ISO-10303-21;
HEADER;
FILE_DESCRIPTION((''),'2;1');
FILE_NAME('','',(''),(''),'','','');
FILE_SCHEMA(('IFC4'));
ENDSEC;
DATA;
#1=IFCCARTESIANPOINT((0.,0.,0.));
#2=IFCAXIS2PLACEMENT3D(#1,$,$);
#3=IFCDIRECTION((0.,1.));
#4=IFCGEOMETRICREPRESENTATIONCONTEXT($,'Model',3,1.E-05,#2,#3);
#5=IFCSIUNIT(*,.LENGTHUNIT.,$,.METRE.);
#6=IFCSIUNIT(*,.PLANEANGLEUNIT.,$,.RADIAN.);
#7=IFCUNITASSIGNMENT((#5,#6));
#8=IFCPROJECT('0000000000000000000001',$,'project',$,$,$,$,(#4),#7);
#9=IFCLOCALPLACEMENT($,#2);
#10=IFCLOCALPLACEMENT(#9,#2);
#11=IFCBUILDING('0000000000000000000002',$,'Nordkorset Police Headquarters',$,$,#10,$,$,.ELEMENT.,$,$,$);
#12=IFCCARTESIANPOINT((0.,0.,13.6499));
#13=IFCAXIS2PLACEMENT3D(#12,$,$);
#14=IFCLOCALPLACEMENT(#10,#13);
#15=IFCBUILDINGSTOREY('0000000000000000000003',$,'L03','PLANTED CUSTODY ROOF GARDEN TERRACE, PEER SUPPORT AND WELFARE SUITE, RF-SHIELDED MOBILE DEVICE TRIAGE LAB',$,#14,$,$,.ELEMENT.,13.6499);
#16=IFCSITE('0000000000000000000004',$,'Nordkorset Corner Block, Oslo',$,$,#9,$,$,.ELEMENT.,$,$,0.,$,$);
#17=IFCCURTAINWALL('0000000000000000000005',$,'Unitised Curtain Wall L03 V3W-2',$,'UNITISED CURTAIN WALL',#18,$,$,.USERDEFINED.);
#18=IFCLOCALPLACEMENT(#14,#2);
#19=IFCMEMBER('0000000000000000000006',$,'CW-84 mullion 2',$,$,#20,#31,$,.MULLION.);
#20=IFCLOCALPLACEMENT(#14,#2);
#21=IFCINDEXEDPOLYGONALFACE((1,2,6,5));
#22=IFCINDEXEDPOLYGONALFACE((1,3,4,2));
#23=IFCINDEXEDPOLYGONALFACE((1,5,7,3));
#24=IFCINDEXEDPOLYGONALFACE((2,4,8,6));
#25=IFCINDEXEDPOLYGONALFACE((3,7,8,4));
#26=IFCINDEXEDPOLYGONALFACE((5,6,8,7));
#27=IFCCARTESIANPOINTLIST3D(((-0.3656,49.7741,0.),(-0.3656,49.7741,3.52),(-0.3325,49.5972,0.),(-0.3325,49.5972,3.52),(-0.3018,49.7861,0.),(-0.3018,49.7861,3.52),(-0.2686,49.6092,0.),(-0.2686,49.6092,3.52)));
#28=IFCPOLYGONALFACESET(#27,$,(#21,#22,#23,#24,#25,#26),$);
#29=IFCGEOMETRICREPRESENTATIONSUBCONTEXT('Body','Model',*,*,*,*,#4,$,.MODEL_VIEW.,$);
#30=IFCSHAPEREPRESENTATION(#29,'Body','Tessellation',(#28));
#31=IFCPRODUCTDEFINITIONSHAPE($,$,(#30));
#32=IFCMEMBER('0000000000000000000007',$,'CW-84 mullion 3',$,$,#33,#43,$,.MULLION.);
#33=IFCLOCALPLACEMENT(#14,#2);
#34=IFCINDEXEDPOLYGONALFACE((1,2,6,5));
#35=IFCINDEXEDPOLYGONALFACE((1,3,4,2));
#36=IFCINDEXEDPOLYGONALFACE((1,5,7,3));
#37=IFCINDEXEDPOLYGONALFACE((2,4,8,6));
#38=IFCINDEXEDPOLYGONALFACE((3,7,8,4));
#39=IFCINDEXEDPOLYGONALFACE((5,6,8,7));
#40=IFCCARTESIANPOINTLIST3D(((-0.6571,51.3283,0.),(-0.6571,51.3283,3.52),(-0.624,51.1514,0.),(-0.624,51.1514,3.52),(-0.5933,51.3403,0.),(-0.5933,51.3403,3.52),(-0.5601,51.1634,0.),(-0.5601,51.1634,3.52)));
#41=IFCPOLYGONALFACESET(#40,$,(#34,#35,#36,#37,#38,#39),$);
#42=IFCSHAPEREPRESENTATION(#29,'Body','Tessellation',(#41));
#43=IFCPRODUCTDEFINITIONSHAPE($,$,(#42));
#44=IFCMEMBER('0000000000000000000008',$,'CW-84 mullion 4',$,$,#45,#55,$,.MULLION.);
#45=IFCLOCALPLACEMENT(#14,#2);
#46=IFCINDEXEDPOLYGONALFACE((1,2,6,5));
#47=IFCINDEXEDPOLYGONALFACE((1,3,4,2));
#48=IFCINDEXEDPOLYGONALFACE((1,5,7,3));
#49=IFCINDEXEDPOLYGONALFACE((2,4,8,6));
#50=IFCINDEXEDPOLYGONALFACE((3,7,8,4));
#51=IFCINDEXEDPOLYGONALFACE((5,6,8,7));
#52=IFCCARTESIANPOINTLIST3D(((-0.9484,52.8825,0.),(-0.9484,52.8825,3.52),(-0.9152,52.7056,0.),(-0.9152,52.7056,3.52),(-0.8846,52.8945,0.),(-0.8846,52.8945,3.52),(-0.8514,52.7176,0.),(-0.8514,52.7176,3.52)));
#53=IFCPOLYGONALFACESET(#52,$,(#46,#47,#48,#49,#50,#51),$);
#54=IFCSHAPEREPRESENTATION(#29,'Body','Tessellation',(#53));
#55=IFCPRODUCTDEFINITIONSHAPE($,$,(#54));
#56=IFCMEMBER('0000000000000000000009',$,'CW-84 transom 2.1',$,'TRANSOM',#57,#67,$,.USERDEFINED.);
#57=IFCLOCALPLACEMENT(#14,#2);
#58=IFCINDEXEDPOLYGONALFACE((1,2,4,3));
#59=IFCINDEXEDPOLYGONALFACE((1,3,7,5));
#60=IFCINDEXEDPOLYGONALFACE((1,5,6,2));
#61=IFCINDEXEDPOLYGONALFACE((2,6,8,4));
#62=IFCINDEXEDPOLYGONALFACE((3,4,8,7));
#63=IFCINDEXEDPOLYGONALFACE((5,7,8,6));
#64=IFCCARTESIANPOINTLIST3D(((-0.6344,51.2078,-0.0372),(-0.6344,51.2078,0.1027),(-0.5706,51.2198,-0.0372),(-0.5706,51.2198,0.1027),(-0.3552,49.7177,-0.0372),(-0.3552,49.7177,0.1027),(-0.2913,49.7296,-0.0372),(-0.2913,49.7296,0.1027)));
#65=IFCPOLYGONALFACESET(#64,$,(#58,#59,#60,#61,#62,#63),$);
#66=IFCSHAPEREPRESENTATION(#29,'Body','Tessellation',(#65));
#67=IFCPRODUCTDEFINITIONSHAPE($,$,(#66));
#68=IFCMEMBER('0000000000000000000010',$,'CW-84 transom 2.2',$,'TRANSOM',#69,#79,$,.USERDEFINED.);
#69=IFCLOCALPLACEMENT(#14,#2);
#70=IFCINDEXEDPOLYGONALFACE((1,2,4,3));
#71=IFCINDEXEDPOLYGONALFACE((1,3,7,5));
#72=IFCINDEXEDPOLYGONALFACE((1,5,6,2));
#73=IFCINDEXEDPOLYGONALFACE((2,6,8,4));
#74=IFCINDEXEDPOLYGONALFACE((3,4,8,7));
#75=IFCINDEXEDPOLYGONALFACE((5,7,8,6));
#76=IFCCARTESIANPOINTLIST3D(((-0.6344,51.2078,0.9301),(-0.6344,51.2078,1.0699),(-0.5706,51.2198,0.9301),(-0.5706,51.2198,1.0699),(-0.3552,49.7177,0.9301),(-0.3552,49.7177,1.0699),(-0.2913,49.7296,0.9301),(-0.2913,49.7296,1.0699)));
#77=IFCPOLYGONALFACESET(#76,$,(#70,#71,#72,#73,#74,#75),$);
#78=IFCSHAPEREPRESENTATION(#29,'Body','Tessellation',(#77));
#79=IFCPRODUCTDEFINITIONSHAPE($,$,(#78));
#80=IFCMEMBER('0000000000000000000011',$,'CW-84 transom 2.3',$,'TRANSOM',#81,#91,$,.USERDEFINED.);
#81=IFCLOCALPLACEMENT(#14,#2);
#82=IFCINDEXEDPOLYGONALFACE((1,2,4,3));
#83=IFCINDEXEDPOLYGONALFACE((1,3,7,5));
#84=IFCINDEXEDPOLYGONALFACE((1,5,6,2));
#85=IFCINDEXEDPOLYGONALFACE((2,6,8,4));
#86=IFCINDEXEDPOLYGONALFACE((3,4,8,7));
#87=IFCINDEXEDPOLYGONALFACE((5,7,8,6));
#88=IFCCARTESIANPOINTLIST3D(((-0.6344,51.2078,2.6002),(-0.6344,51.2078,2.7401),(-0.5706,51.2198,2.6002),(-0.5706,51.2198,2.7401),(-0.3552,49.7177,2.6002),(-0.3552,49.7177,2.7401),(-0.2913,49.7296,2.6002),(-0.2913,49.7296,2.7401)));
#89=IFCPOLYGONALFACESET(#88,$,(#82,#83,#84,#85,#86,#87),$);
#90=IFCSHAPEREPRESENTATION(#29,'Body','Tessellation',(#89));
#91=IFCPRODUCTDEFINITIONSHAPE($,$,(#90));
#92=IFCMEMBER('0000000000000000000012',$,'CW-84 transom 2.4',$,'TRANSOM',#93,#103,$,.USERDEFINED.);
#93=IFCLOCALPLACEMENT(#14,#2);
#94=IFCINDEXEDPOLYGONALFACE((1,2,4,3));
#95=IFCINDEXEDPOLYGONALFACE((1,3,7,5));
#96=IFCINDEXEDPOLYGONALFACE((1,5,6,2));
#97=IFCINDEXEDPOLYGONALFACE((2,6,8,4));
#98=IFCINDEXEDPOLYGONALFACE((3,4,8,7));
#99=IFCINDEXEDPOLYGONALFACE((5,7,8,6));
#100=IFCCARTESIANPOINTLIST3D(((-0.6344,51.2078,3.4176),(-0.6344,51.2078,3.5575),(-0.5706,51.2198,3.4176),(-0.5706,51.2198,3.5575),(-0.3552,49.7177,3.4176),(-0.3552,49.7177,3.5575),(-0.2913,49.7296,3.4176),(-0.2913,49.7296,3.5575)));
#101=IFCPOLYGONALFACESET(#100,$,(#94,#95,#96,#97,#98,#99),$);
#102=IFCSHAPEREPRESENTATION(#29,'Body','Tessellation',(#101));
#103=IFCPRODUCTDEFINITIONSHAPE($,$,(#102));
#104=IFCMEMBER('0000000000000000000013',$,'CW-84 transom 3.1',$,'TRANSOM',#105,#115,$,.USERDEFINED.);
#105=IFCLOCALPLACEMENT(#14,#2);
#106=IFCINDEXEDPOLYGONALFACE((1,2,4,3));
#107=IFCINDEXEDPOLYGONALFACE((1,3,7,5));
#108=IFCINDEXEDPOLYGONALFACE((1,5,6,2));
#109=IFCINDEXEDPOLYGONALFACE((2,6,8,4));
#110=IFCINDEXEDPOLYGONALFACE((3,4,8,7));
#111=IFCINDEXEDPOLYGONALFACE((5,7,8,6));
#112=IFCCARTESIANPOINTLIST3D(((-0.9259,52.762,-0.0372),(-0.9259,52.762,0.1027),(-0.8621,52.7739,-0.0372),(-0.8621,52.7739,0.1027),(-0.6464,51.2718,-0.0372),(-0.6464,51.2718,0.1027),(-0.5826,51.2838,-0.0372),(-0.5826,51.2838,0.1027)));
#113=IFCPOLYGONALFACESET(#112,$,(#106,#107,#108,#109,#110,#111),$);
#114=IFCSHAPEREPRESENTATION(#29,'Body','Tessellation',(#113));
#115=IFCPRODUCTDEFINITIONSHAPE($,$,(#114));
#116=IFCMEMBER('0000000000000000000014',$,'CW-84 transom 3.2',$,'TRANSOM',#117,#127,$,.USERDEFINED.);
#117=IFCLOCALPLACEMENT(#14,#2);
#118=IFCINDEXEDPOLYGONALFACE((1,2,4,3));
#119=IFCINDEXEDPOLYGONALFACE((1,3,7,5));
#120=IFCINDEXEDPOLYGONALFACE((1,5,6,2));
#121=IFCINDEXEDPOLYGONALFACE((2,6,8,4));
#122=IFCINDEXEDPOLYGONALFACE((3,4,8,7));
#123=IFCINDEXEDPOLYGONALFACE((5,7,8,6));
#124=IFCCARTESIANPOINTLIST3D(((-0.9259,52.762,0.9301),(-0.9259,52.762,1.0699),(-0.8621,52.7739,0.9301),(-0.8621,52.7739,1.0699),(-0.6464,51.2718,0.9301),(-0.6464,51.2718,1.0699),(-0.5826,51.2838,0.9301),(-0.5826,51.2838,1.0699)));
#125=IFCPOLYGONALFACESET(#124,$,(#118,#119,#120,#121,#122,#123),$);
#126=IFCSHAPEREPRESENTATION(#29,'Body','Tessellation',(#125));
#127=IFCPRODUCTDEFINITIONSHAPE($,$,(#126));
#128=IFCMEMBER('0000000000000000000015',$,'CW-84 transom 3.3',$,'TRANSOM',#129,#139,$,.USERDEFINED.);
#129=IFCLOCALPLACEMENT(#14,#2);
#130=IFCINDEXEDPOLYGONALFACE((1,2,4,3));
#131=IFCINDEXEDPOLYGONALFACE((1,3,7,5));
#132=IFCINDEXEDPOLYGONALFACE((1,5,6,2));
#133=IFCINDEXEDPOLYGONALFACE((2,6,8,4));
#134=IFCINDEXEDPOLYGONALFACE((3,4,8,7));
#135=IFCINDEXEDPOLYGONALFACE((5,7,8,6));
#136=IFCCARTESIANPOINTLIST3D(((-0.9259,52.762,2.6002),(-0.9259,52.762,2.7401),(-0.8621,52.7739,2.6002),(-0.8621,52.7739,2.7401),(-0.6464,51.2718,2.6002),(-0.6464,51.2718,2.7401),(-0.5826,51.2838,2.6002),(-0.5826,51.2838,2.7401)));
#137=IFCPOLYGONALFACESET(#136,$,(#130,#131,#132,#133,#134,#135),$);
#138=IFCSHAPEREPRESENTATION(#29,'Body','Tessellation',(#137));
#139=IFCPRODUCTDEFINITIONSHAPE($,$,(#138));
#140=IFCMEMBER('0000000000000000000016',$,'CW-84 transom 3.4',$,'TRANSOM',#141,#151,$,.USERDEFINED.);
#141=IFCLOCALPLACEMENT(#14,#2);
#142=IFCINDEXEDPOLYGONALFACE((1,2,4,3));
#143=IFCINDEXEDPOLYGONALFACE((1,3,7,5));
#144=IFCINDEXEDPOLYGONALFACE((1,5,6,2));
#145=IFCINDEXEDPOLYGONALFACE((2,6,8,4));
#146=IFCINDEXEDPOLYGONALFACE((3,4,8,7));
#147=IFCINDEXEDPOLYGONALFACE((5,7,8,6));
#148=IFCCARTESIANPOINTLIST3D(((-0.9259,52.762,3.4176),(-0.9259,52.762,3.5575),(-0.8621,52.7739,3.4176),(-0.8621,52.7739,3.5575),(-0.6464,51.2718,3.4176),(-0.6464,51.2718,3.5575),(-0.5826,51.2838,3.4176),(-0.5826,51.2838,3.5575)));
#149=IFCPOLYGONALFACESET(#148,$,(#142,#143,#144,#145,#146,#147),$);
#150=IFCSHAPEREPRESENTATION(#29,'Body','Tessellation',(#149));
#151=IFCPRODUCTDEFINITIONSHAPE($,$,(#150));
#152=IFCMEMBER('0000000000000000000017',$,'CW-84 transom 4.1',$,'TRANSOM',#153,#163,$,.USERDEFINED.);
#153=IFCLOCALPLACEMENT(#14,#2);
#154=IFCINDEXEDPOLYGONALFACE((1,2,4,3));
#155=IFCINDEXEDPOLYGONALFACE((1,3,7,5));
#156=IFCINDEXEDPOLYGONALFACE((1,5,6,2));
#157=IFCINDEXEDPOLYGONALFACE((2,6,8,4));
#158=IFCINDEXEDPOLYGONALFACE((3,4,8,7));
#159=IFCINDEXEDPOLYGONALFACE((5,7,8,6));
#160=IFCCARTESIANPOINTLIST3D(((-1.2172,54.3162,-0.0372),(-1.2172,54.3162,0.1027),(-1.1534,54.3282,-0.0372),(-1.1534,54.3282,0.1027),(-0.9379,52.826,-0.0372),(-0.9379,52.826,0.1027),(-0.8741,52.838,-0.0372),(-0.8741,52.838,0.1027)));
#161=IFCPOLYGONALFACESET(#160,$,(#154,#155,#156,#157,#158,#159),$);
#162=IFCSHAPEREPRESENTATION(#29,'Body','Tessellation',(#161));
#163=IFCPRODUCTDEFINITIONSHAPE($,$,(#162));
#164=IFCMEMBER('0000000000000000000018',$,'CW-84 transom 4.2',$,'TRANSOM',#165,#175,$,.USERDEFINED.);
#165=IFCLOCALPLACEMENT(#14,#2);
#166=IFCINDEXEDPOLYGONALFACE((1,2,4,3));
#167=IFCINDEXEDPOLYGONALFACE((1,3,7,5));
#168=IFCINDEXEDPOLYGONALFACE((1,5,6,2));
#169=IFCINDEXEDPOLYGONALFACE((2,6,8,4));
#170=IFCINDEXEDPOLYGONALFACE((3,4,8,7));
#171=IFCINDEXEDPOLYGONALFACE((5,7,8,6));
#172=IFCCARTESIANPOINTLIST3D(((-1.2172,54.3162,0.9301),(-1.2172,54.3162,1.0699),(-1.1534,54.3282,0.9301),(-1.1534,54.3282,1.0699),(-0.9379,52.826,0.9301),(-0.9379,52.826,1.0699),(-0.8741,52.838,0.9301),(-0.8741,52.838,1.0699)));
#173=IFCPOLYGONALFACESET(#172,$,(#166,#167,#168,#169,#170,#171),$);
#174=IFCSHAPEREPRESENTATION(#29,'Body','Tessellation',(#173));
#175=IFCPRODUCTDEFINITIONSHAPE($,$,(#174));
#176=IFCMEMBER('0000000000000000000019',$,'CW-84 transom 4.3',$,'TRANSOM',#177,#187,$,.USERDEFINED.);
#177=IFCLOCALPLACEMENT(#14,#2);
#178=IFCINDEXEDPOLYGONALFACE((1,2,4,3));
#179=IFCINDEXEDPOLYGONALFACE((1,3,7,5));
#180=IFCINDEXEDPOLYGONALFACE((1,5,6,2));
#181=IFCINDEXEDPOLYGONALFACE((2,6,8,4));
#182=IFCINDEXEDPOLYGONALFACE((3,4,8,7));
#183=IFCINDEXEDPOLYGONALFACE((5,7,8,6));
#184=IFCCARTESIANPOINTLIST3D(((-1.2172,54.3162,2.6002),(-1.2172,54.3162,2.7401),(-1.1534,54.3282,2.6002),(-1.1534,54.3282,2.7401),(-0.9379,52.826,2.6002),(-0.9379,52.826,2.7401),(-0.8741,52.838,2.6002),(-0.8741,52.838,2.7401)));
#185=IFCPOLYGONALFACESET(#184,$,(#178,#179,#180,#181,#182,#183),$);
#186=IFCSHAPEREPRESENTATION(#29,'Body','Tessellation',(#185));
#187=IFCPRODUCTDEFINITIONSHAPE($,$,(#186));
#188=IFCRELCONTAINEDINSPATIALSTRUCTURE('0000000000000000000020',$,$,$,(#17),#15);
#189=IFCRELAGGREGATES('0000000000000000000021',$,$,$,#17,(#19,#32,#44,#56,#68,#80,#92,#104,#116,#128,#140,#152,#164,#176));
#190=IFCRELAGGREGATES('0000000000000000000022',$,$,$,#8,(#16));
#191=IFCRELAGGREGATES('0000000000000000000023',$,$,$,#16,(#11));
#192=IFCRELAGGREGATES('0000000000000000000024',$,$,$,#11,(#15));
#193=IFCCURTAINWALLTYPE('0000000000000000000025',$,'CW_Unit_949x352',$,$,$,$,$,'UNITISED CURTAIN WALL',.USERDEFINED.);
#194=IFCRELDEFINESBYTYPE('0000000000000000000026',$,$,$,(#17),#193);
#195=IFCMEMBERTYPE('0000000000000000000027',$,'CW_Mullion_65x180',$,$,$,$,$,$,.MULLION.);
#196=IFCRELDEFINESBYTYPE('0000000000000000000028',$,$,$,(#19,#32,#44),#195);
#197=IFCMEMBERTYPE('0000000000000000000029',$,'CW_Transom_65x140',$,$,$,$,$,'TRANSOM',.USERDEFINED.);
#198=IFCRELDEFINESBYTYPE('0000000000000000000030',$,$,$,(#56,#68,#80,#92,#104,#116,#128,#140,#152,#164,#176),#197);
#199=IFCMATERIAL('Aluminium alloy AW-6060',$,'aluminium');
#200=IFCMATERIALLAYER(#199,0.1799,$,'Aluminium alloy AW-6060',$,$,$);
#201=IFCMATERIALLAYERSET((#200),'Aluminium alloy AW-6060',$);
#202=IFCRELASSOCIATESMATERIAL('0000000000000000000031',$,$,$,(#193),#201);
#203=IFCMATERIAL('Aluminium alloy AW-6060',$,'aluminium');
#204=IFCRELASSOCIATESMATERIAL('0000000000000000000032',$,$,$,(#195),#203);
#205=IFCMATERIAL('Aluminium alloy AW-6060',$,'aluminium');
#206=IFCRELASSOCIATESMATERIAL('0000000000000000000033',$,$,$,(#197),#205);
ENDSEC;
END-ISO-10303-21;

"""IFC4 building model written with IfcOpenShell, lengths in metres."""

from ifc_helpers import new_model, si_unit, direction, frame, origin, origin_2d, place, context, subcontext, project, spatial, rectangle, extrude, material, layer, layer_set, material_profile, profile_set, type_object, element, aggregate, save


model = new_model("IFC4")

# Units and contexts
model_context = context("Model", 3, precision=1e-05, world=origin(), true_north=direction((0.0, 1.0)))
body_context = subcontext(model_context, "Body", "Model", "MODEL_VIEW")
ifc_project = project(units=[si_unit("LENGTHUNIT", "METRE"), si_unit("PLANEANGLEUNIT", "RADIAN")], contexts=[model_context])

# Site, building, storey
site_placement = place(None, origin())
site = spatial("IfcSite", under=ifc_project, at=site_placement, Name="Nordkorset Corner Block, Oslo", CompositionType="ELEMENT", RefElevation=0.0)
building_placement = place(site_placement, origin())
building = spatial("IfcBuilding", under=site, at=building_placement, Name="Nordkorset Police Headquarters", CompositionType="ELEMENT")
storey_placement = place(building_placement, frame((0.0, 0.0, 13.6499)))
storey = spatial("IfcBuildingStorey", under=building, at=storey_placement, Name="L03", Description="PLANTED CUSTODY ROOF GARDEN TERRACE, PEER SUPPORT AND WELFARE SUITE, RF-SHIELDED MOBILE DEVICE TRIAGE LAB", CompositionType="ELEMENT", Elevation=13.6499)

# Curtain wall, members
ifc_material_1 = material(Name="Aluminium alloy AW-6060", Category="aluminium")
ifc_layer_1 = layer(ifc_material_1, 0.1799, Name="Aluminium alloy AW-6060")
ifc_layer_set_1 = layer_set([ifc_layer_1], Name="Aluminium alloy AW-6060")
curtain_wall_type = type_object("IfcCurtainWallType", Name="CW_Unit_949x352", ElementType="UNITISED CURTAIN WALL", PredefinedType="USERDEFINED", material=ifc_layer_set_1)
curtain_wall_placement = place(storey_placement, origin())
curtain_wall = element("IfcCurtainWall", 1, at=curtain_wall_placement, inside=storey, type_object=curtain_wall_type, Name="Unitised Curtain Wall L03 V3W-2", ObjectType="UNITISED CURTAIN WALL", PredefinedType="USERDEFINED")
ifc_material_2 = material(Name="Aluminium alloy AW-6060", Category="aluminium")
ifc_material_profile_1 = material_profile(ifc_material_2, rectangle(XDim=0.0649, YDim=0.1799, at=origin_2d()), Name="ALU MULL 65x180")
ifc_profile_set_1 = profile_set([ifc_material_profile_1], Name="Aluminium alloy AW-6060")
member_type_1 = type_object("IfcMemberType", Name="CW_Mullion_65x180", PredefinedType="MULLION", material=ifc_profile_set_1)
member_1_placement = place(storey_placement, frame((-0.3171, 49.6917, 0.0), z_axis=(0.0, 0.0, 1.0), x_axis=(-0.982872, -0.184289, 0.0)))
member_1 = element("IfcMember", 2, at=member_1_placement, type_object=member_type_1, Name="CW-84 mullion 2", PredefinedType="MULLION", context=body_context, shape_type="SweptSolid", body=[
    extrude(rectangle(XDim=0.0649, YDim=0.1799, at=origin_2d()), origin(), (0.0, 0.0, 1.0), 3.52),
])
member_2_placement = place(storey_placement, frame((-0.6086, 51.2458, 0.0), z_axis=(0.0, 0.0, 1.0), x_axis=(-0.982872, -0.184289, 0.0)))
member_2 = element("IfcMember", 3, at=member_2_placement, type_object=member_type_1, Name="CW-84 mullion 3", PredefinedType="MULLION", context=body_context, shape_type="SweptSolid", body=[
    extrude(rectangle(XDim=0.0649, YDim=0.1799, at=origin_2d()), origin(), (0.0, 0.0, 1.0), 3.52),
])
member_3_placement = place(storey_placement, frame((-0.8999, 52.8, 0.0), z_axis=(0.0, 0.0, 1.0), x_axis=(-0.982872, -0.184289, 0.0)))
member_3 = element("IfcMember", 4, at=member_3_placement, type_object=member_type_1, Name="CW-84 mullion 4", PredefinedType="MULLION", context=body_context, shape_type="SweptSolid", body=[
    extrude(rectangle(XDim=0.0649, YDim=0.1799, at=origin_2d()), origin(), (0.0, 0.0, 1.0), 3.52),
])
ifc_material_3 = material(Name="Aluminium alloy AW-6060", Category="aluminium")
ifc_material_profile_2 = material_profile(ifc_material_3, rectangle(XDim=0.0649, YDim=0.1399, at=origin_2d()), Name="ALU TRAN 65x140")
ifc_profile_set_2 = profile_set([ifc_material_profile_2], Name="Aluminium alloy AW-6060")
member_type_2 = type_object("IfcMemberType", Name="CW_Transom_65x140", ElementType="TRANSOM", PredefinedType="USERDEFINED", material=ifc_profile_set_2)
member_4_placement = place(storey_placement, frame((-0.3232, 49.7236, 0.0327), z_axis=(-0.184211, 0.982887, 0.0), x_axis=(-0.982887, -0.184211, 0.0)))
member_4 = element("IfcMember", 5, at=member_4_placement, type_object=member_type_2, Name="CW-84 transom 2.1", ObjectType="TRANSOM", PredefinedType="USERDEFINED", context=body_context, shape_type="SweptSolid", body=[
    extrude(rectangle(XDim=0.0649, YDim=0.1399, at=origin_2d()), origin(), (0.0, 0.0, 1.0), 1.5161),
])
member_5_placement = place(storey_placement, frame((-0.3232, 49.7236, 1.0), z_axis=(-0.184211, 0.982887, 0.0), x_axis=(-0.982887, -0.184211, 0.0)))
member_5 = element("IfcMember", 6, at=member_5_placement, type_object=member_type_2, Name="CW-84 transom 2.2", ObjectType="TRANSOM", PredefinedType="USERDEFINED", context=body_context, shape_type="SweptSolid", body=[
    extrude(rectangle(XDim=0.0649, YDim=0.1399, at=origin_2d()), origin(), (0.0, 0.0, 1.0), 1.5161),
])
member_6_placement = place(storey_placement, frame((-0.3232, 49.7236, 2.6702), z_axis=(-0.184211, 0.982887, 0.0), x_axis=(-0.982887, -0.184211, 0.0)))
member_6 = element("IfcMember", 7, at=member_6_placement, type_object=member_type_2, Name="CW-84 transom 2.3", ObjectType="TRANSOM", PredefinedType="USERDEFINED", context=body_context, shape_type="SweptSolid", body=[
    extrude(rectangle(XDim=0.0649, YDim=0.1399, at=origin_2d()), origin(), (0.0, 0.0, 1.0), 1.5161),
])
member_7_placement = place(storey_placement, frame((-0.3232, 49.7236, 3.4875), z_axis=(-0.184211, 0.982887, 0.0), x_axis=(-0.982887, -0.184211, 0.0)))
member_7 = element("IfcMember", 8, at=member_7_placement, type_object=member_type_2, Name="CW-84 transom 2.4", ObjectType="TRANSOM", PredefinedType="USERDEFINED", context=body_context, shape_type="SweptSolid", body=[
    extrude(rectangle(XDim=0.0649, YDim=0.1399, at=origin_2d()), origin(), (0.0, 0.0, 1.0), 1.5161),
])
member_8_placement = place(storey_placement, frame((-0.6145, 51.2778, 0.0327), z_axis=(-0.184366, 0.982858, 0.0), x_axis=(-0.982858, -0.184366, 0.0)))
member_8 = element("IfcMember", 9, at=member_8_placement, type_object=member_type_2, Name="CW-84 transom 3.1", ObjectType="TRANSOM", PredefinedType="USERDEFINED", context=body_context, shape_type="SweptSolid", body=[
    extrude(rectangle(XDim=0.0649, YDim=0.1399, at=origin_2d()), origin(), (0.0, 0.0, 1.0), 1.5161),
])
member_9_placement = place(storey_placement, frame((-0.6145, 51.2778, 1.0), z_axis=(-0.184366, 0.982858, 0.0), x_axis=(-0.982858, -0.184366, 0.0)))
member_9 = element("IfcMember", 10, at=member_9_placement, type_object=member_type_2, Name="CW-84 transom 3.2", ObjectType="TRANSOM", PredefinedType="USERDEFINED", context=body_context, shape_type="SweptSolid", body=[
    extrude(rectangle(XDim=0.0649, YDim=0.1399, at=origin_2d()), origin(), (0.0, 0.0, 1.0), 1.5161),
])
member_10_placement = place(storey_placement, frame((-0.6145, 51.2778, 2.6702), z_axis=(-0.184366, 0.982858, 0.0), x_axis=(-0.982858, -0.184366, 0.0)))
member_10 = element("IfcMember", 11, at=member_10_placement, type_object=member_type_2, Name="CW-84 transom 3.3", ObjectType="TRANSOM", PredefinedType="USERDEFINED", context=body_context, shape_type="SweptSolid", body=[
    extrude(rectangle(XDim=0.0649, YDim=0.1399, at=origin_2d()), origin(), (0.0, 0.0, 1.0), 1.5161),
])
member_11_placement = place(storey_placement, frame((-0.6145, 51.2778, 3.4875), z_axis=(-0.184366, 0.982858, 0.0), x_axis=(-0.982858, -0.184366, 0.0)))
member_11 = element("IfcMember", 12, at=member_11_placement, type_object=member_type_2, Name="CW-84 transom 3.4", ObjectType="TRANSOM", PredefinedType="USERDEFINED", context=body_context, shape_type="SweptSolid", body=[
    extrude(rectangle(XDim=0.0649, YDim=0.1399, at=origin_2d()), origin(), (0.0, 0.0, 1.0), 1.5161),
])
member_12_placement = place(storey_placement, frame((-0.906, 52.832, 0.0327), z_axis=(-0.184211, 0.982887, 0.0), x_axis=(-0.982887, -0.184211, 0.0)))
member_12 = element("IfcMember", 13, at=member_12_placement, type_object=member_type_2, Name="CW-84 transom 4.1", ObjectType="TRANSOM", PredefinedType="USERDEFINED", context=body_context, shape_type="SweptSolid", body=[
    extrude(rectangle(XDim=0.0649, YDim=0.1399, at=origin_2d()), origin(), (0.0, 0.0, 1.0), 1.5161),
])
member_13_placement = place(storey_placement, frame((-0.906, 52.832, 1.0), z_axis=(-0.184211, 0.982887, 0.0), x_axis=(-0.982887, -0.184211, 0.0)))
member_13 = element("IfcMember", 14, at=member_13_placement, type_object=member_type_2, Name="CW-84 transom 4.2", ObjectType="TRANSOM", PredefinedType="USERDEFINED", context=body_context, shape_type="SweptSolid", body=[
    extrude(rectangle(XDim=0.0649, YDim=0.1399, at=origin_2d()), origin(), (0.0, 0.0, 1.0), 1.5161),
])
member_14_placement = place(storey_placement, frame((-0.906, 52.832, 2.6702), z_axis=(-0.184211, 0.982887, 0.0), x_axis=(-0.982887, -0.184211, 0.0)))
member_14 = element("IfcMember", 15, at=member_14_placement, type_object=member_type_2, Name="CW-84 transom 4.3", ObjectType="TRANSOM", PredefinedType="USERDEFINED", context=body_context, shape_type="SweptSolid", body=[
    extrude(rectangle(XDim=0.0649, YDim=0.1399, at=origin_2d()), origin(), (0.0, 0.0, 1.0), 1.5161),
])
aggregate(curtain_wall, [member_1, member_2, member_3, member_4, member_5, member_6, member_7, member_8, member_9, member_10, member_11, member_12, member_13, member_14])

save(model, "model.ifc")
